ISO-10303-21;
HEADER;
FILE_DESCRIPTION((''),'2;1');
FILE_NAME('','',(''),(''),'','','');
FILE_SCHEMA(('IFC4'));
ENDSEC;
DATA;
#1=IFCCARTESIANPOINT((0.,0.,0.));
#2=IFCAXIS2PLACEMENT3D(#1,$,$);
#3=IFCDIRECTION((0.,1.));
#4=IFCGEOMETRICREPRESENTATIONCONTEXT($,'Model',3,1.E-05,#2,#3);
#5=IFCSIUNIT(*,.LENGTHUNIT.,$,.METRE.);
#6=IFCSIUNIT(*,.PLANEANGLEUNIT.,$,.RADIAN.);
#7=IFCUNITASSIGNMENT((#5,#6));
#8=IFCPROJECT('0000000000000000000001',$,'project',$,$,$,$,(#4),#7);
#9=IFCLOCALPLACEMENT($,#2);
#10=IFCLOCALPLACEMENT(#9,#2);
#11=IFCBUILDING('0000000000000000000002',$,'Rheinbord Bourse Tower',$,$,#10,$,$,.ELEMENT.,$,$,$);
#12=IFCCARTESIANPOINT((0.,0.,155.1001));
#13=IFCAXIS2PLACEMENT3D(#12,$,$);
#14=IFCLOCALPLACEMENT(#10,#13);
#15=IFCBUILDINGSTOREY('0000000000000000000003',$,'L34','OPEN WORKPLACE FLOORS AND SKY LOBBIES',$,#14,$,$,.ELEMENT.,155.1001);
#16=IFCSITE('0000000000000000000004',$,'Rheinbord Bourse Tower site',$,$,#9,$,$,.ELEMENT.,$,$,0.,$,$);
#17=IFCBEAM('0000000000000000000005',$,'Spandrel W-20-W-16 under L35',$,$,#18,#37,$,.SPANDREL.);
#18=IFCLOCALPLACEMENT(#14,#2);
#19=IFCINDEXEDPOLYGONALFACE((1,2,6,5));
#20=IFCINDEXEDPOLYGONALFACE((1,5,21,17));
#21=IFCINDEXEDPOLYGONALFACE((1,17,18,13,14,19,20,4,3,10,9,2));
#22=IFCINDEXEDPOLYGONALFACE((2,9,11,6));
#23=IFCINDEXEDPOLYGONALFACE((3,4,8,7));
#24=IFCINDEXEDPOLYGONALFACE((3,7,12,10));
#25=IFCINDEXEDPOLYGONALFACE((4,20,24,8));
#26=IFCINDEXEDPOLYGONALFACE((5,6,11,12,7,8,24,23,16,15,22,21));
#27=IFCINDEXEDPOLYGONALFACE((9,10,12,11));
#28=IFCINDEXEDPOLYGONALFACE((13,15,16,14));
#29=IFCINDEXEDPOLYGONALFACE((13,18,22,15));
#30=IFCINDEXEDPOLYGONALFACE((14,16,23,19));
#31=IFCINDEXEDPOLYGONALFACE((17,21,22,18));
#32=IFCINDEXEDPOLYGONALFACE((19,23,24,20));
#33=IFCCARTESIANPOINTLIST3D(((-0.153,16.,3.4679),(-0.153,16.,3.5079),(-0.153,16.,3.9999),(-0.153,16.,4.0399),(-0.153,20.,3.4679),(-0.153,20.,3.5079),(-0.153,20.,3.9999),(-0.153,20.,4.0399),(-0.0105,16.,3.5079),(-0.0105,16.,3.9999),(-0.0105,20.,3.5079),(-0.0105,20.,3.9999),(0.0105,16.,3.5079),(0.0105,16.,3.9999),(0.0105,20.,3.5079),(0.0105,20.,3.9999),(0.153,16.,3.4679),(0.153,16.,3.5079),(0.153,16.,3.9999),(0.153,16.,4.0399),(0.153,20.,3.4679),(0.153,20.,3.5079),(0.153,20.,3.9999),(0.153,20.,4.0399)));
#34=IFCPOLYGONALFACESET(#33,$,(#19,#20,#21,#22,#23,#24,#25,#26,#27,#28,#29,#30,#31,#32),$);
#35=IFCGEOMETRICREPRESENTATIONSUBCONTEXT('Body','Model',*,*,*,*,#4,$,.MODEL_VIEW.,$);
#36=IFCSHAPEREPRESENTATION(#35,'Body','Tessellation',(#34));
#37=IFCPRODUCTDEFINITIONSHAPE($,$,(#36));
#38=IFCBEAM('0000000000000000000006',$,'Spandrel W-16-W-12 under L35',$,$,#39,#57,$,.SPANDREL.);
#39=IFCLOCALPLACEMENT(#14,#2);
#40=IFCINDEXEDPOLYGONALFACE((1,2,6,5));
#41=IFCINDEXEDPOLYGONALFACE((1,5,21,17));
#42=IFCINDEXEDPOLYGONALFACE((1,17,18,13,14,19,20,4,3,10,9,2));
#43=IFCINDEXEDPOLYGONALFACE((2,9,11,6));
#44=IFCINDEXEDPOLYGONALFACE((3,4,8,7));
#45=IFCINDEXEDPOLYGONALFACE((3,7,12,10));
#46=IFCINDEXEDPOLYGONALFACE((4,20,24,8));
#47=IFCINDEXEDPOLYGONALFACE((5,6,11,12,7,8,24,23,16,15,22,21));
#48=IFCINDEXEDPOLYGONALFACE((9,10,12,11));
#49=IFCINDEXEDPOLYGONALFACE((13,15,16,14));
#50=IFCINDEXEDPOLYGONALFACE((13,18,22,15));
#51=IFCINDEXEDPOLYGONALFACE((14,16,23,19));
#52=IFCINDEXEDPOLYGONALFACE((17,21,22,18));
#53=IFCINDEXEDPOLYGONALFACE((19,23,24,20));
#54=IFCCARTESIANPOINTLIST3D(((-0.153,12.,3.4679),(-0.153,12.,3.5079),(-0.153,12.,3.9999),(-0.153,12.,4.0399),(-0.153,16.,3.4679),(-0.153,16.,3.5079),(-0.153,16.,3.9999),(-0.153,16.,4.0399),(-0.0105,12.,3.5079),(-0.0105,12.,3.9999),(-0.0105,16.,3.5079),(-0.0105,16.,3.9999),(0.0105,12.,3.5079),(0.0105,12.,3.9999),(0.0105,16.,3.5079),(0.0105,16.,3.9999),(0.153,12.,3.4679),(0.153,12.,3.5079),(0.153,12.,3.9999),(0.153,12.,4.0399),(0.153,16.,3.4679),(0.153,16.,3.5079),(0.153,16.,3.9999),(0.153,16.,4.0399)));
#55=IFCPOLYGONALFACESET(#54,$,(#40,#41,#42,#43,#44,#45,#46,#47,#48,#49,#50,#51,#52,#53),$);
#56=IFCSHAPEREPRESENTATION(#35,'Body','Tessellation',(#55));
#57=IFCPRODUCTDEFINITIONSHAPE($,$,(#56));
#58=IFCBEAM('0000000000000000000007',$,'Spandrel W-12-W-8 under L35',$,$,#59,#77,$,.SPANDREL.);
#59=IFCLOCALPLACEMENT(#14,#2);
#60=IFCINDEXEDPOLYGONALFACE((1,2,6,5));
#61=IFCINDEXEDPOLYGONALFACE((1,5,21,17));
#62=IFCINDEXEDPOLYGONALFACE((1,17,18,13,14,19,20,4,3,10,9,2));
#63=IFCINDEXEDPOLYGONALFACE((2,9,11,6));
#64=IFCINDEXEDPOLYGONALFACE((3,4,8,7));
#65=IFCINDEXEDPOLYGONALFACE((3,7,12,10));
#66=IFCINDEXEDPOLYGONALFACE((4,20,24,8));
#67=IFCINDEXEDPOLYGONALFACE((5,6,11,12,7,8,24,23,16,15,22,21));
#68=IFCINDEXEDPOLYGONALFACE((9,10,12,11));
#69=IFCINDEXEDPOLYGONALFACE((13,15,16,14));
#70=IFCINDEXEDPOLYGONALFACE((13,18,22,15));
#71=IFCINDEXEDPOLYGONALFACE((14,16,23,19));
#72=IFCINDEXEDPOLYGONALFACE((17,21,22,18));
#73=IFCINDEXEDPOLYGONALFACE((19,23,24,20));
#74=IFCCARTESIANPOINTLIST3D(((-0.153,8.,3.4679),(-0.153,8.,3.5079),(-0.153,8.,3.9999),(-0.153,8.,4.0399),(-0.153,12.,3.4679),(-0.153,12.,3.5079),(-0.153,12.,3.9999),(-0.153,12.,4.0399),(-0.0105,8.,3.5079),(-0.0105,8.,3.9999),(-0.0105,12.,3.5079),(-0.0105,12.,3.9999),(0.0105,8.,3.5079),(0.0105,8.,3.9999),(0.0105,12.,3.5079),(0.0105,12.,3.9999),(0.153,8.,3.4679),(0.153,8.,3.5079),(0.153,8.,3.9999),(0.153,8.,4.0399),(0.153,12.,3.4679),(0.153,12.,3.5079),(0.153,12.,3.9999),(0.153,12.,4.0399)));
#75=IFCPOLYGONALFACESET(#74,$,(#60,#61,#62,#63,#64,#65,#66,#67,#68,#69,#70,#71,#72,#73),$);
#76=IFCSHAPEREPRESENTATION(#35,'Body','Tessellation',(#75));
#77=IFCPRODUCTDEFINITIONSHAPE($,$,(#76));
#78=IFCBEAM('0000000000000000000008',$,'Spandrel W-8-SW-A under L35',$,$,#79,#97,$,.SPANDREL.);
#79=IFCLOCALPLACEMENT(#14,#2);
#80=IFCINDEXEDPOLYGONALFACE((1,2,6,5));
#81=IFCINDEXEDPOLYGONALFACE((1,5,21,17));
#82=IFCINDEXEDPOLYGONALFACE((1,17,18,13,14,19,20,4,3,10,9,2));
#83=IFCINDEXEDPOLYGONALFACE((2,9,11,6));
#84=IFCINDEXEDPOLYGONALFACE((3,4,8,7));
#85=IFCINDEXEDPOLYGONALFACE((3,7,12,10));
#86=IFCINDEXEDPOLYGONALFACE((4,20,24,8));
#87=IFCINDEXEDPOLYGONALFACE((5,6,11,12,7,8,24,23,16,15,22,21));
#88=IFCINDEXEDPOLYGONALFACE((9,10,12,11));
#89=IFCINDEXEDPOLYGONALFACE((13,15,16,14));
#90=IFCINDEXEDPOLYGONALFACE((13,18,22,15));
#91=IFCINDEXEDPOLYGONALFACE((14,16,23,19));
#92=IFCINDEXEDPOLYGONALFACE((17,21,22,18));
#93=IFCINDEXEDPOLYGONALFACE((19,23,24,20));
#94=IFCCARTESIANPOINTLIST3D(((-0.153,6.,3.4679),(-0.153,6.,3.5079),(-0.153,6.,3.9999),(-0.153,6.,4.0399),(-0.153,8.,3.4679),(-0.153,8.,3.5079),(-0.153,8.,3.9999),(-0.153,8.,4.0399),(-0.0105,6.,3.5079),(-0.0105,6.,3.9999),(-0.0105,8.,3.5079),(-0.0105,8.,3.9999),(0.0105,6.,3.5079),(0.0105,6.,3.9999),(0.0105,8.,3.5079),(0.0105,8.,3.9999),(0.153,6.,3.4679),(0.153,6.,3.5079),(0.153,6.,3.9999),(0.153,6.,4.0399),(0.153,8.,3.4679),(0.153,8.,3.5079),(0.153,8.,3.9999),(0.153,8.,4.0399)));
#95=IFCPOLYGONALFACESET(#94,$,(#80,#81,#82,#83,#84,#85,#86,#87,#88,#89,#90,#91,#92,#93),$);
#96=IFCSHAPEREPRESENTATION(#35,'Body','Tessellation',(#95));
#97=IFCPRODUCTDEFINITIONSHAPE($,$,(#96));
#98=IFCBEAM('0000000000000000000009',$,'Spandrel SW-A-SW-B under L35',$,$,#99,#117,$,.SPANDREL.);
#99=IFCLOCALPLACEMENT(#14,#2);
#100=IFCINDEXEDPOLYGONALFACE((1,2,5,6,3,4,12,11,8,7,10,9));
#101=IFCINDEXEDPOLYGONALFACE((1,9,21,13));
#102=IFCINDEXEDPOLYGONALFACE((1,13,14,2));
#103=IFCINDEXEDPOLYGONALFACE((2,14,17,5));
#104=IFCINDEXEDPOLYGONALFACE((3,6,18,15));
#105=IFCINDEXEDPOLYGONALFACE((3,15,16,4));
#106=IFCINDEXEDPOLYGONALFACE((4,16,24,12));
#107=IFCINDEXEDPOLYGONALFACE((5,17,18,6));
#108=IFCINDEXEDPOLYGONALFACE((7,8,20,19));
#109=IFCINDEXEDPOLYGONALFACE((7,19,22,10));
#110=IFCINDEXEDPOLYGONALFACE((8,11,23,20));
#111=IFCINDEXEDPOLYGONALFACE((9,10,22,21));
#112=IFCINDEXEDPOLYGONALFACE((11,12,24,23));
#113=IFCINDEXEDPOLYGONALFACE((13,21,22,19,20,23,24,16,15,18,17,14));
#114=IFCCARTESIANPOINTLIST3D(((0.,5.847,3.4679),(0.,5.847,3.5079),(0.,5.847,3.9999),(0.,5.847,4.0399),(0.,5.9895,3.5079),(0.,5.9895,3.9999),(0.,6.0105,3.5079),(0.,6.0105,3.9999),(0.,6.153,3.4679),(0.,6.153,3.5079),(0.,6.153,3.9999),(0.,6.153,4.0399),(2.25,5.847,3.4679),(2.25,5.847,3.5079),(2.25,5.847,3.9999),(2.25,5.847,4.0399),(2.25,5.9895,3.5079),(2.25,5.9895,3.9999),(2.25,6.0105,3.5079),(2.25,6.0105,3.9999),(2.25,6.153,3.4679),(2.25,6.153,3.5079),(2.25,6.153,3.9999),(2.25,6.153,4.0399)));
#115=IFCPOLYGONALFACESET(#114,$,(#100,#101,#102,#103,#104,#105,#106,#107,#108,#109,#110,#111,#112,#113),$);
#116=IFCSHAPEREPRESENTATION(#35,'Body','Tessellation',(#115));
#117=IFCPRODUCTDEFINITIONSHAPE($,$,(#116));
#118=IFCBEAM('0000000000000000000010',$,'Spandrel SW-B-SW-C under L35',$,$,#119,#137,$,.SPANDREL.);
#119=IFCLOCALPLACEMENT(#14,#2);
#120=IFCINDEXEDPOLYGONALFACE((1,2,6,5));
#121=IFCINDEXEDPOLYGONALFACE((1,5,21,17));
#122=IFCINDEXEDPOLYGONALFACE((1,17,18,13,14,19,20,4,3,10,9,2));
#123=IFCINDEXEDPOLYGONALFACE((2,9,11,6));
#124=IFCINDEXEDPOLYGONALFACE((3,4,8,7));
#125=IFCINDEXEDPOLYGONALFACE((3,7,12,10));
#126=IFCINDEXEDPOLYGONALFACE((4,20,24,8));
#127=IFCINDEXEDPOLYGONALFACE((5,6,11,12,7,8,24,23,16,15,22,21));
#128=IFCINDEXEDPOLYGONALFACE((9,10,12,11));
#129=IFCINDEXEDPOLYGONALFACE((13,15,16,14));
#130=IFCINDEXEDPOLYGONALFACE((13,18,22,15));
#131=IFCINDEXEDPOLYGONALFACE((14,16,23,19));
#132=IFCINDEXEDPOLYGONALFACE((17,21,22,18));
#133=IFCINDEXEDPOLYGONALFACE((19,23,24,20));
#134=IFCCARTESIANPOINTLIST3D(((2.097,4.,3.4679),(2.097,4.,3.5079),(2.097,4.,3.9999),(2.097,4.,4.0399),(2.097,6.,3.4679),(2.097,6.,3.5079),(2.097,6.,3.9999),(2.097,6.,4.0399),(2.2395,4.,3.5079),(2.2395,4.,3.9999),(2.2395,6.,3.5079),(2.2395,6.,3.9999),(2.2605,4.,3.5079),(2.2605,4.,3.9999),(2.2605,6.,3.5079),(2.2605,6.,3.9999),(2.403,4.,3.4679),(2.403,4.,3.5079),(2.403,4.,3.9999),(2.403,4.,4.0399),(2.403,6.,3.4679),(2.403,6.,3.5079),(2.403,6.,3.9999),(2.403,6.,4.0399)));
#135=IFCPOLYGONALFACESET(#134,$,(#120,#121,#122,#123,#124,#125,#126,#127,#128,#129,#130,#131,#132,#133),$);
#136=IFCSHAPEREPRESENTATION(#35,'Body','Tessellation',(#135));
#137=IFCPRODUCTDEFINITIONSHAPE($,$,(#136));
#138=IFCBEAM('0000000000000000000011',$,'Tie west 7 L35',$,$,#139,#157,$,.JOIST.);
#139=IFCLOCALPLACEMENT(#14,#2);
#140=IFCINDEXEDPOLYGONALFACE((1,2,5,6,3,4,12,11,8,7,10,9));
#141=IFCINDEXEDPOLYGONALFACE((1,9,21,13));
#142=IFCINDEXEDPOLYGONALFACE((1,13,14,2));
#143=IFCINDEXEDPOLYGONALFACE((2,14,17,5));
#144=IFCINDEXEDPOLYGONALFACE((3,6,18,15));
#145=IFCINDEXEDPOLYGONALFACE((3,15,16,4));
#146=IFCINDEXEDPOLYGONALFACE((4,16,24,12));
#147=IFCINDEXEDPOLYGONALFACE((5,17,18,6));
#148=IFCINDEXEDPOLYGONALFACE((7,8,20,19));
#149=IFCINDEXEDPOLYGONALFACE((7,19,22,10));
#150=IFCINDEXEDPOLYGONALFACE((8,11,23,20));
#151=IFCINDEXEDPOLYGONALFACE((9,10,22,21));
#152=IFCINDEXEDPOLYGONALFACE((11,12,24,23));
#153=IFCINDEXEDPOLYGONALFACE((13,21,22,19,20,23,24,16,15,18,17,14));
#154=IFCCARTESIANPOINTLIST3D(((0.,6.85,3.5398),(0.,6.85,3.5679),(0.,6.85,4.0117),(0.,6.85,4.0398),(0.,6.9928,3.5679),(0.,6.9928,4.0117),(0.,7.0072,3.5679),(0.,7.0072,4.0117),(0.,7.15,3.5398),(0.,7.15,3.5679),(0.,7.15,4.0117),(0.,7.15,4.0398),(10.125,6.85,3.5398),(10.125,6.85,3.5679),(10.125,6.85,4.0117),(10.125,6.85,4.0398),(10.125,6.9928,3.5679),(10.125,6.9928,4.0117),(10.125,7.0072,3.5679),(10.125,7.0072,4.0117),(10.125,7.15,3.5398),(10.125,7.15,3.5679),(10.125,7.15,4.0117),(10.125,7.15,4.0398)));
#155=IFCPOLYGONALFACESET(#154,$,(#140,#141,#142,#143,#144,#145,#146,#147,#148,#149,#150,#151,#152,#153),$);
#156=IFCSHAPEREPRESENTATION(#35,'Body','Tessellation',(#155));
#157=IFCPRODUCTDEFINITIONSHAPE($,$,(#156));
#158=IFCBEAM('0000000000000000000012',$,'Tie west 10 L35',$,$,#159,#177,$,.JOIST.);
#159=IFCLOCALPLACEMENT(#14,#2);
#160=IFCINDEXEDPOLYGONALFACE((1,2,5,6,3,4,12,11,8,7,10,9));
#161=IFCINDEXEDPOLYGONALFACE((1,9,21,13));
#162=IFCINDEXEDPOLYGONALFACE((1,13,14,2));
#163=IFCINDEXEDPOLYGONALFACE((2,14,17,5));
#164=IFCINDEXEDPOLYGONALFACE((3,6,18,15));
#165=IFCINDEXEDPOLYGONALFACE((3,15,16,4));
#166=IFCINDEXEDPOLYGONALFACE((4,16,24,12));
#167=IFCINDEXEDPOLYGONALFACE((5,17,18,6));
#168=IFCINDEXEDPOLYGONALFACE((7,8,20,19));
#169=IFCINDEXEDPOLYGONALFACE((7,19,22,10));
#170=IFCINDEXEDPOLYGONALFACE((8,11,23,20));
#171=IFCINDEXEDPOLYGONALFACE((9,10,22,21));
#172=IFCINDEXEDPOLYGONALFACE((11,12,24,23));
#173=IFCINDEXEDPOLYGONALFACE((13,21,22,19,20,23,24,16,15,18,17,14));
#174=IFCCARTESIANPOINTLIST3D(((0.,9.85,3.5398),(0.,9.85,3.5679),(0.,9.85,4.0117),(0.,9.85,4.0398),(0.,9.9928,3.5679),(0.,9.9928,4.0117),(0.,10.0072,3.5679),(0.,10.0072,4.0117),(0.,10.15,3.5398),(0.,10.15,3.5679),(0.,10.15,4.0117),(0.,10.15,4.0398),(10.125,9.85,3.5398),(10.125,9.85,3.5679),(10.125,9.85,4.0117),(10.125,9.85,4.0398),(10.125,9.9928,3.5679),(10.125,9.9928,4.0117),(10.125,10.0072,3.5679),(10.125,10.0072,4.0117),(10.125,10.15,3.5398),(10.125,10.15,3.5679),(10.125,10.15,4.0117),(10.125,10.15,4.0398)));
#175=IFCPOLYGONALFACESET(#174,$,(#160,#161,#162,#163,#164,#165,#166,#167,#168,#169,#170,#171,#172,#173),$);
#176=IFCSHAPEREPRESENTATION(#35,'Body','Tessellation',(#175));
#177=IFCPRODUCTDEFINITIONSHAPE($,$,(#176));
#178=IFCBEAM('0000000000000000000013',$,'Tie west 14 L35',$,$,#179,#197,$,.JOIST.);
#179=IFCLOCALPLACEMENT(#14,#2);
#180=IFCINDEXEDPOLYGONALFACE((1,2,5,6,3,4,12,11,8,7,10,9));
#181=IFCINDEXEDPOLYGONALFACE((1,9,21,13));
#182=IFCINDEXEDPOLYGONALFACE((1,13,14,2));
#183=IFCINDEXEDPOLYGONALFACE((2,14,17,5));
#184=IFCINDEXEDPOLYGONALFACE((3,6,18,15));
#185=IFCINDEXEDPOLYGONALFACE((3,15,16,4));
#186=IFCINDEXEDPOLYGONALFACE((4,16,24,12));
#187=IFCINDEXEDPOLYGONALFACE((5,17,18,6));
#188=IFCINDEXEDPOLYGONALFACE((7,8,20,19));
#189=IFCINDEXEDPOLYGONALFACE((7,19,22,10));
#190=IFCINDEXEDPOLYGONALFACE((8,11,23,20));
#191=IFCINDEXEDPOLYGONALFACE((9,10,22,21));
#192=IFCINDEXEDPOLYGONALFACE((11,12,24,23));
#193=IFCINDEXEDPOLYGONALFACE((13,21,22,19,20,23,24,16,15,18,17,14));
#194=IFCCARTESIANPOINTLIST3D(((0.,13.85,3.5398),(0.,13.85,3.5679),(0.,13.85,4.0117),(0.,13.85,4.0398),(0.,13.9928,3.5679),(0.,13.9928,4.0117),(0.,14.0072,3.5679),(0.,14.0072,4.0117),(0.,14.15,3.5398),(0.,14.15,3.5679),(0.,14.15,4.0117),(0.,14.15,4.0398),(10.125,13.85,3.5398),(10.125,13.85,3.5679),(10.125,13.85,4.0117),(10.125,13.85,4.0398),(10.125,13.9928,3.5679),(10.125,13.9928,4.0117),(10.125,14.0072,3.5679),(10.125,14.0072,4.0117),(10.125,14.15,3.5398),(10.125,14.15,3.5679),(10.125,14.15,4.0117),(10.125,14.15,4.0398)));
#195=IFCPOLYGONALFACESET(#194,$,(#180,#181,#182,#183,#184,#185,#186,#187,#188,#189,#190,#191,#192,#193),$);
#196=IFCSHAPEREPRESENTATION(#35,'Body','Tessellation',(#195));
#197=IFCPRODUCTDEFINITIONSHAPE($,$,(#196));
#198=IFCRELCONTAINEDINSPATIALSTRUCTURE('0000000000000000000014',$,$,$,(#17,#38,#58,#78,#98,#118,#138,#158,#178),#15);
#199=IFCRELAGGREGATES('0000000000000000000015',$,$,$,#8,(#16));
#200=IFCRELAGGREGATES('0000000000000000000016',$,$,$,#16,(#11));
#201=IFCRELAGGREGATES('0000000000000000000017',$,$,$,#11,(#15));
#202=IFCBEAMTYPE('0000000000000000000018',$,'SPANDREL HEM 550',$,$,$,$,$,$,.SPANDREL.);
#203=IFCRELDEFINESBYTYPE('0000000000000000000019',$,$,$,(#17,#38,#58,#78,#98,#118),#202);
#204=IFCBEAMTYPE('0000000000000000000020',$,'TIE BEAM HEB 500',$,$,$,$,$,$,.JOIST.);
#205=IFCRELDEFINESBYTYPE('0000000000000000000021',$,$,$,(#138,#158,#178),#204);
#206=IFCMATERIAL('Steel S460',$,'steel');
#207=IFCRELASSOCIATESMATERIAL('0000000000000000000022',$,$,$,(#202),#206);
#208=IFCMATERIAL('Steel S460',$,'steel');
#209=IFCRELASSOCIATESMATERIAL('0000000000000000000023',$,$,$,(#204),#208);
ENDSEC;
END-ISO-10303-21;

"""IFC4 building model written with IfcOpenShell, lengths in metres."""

from ifc_helpers import new_model, si_unit, direction, frame, origin, origin_2d, place, context, subcontext, project, spatial, i_section, extrude, material, material_profile, profile_set, type_object, element, save


model = new_model("IFC4")

# Units and contexts
model_context = context("Model", 3, precision=1e-05, world=origin(), true_north=direction((0.0, 1.0)))
body_context = subcontext(model_context, "Body", "Model", "MODEL_VIEW")
ifc_project = project(units=[si_unit("LENGTHUNIT", "METRE"), si_unit("PLANEANGLEUNIT", "RADIAN")], contexts=[model_context])

# Site, building, storey
site_placement = place(None, origin())
site = spatial("IfcSite", under=ifc_project, at=site_placement, Name="Rheinbord Bourse Tower site", CompositionType="ELEMENT", RefElevation=0.0)
building_placement = place(site_placement, origin())
building = spatial("IfcBuilding", under=site, at=building_placement, Name="Rheinbord Bourse Tower", CompositionType="ELEMENT")
storey_placement = place(building_placement, frame((0.0, 0.0, 155.1001)))
storey = spatial("IfcBuildingStorey", under=building, at=storey_placement, Name="L34", Description="OPEN WORKPLACE FLOORS AND SKY LOBBIES", CompositionType="ELEMENT", Elevation=155.1001)

# Beams
ifc_material_1 = material(Name="Steel S460", Category="steel")
ifc_material_profile_1 = material_profile(ifc_material_1, i_section(OverallWidth=0.3059, OverallDepth=0.572, WebThickness=0.021, FlangeThickness=0.04, at=origin_2d()), Name="HEM 550")
ifc_profile_set_1 = profile_set([ifc_material_profile_1], Name="Steel S460")
beam_type_1 = type_object("IfcBeamType", Name="SPANDREL HEM 550", PredefinedType="SPANDREL", material=ifc_profile_set_1)
for number, where, z_axis, x_axis, name in (
    (1, (0.0, 20.0, 3.7539), (0.0, -1.0, 0.0), (1.0, 0.0, 0.0), "Spandrel W-20-W-16 under L35"),
    (2, (0.0, 16.0, 3.7539), (0.0, -1.0, 0.0), (1.0, 0.0, 0.0), "Spandrel W-16-W-12 under L35"),
    (3, (0.0, 12.0, 3.7539), (0.0, -1.0, 0.0), (1.0, 0.0, 0.0), "Spandrel W-12-W-8 under L35"),
):
    element("IfcBeam", number, at=place(storey_placement, frame(where, z_axis=z_axis, x_axis=x_axis)), inside=storey, type_object=beam_type_1, Name=name, PredefinedType="SPANDREL", context=body_context, shape_type="SweptSolid", body=[
        extrude(i_section(OverallWidth=0.3059, OverallDepth=0.572, WebThickness=0.021, FlangeThickness=0.04, at=origin_2d()), origin(), (0.0, 0.0, 1.0), 4.0),
    ])
beam_1_placement = place(storey_placement, frame((0.0, 8.0, 3.7539), z_axis=(0.0, -1.0, 0.0), x_axis=(1.0, 0.0, 0.0)))
element("IfcBeam", 4, at=beam_1_placement, inside=storey, type_object=beam_type_1, Name="Spandrel W-8-SW-A under L35", PredefinedType="SPANDREL", context=body_context, shape_type="SweptSolid", body=[
    extrude(i_section(OverallWidth=0.3059, OverallDepth=0.572, WebThickness=0.021, FlangeThickness=0.04, at=origin_2d()), origin(), (0.0, 0.0, 1.0), 2.0),
])
beam_2_placement = place(storey_placement, frame((0.0, 6.0, 3.7539), z_axis=(1.0, 0.0, 0.0), x_axis=(0.0, 1.0, 0.0)))
element("IfcBeam", 5, at=beam_2_placement, inside=storey, type_object=beam_type_1, Name="Spandrel SW-A-SW-B under L35", PredefinedType="SPANDREL", context=body_context, shape_type="SweptSolid", body=[
    extrude(i_section(OverallWidth=0.3059, OverallDepth=0.572, WebThickness=0.021, FlangeThickness=0.04, at=origin_2d()), origin(), (0.0, 0.0, 1.0), 2.25),
])
beam_3_placement = place(storey_placement, frame((2.25, 6.0, 3.7539), z_axis=(0.0, -1.0, 0.0), x_axis=(1.0, 0.0, 0.0)))
element("IfcBeam", 6, at=beam_3_placement, inside=storey, type_object=beam_type_1, Name="Spandrel SW-B-SW-C under L35", PredefinedType="SPANDREL", context=body_context, shape_type="SweptSolid", body=[
    extrude(i_section(OverallWidth=0.3059, OverallDepth=0.572, WebThickness=0.021, FlangeThickness=0.04, at=origin_2d()), origin(), (0.0, 0.0, 1.0), 2.0),
])
ifc_material_2 = material(Name="Steel S460", Category="steel")
ifc_material_profile_2 = material_profile(ifc_material_2, i_section(OverallWidth=0.3, OverallDepth=0.5, WebThickness=0.0144, FlangeThickness=0.0281, at=origin_2d()), Name="HEB 500")
ifc_profile_set_2 = profile_set([ifc_material_profile_2], Name="Steel S460")
beam_type_2 = type_object("IfcBeamType", Name="TIE BEAM HEB 500", PredefinedType="JOIST", material=ifc_profile_set_2)
for number, where, z_axis, x_axis, name in (
    (7, (0.0, 7.0, 3.7898), (1.0, 0.0, 0.0), (0.0, 1.0, 0.0), "Tie west 7 L35"),
    (8, (0.0, 10.0, 3.7898), (1.0, 0.0, 0.0), (0.0, 1.0, 0.0), "Tie west 10 L35"),
    (9, (0.0, 14.0, 3.7898), (1.0, 0.0, 0.0), (0.0, 1.0, 0.0), "Tie west 14 L35"),
):
    element("IfcBeam", number, at=place(storey_placement, frame(where, z_axis=z_axis, x_axis=x_axis)), inside=storey, type_object=beam_type_2, Name=name, PredefinedType="JOIST", context=body_context, shape_type="SweptSolid", body=[
        extrude(i_section(OverallWidth=0.3, OverallDepth=0.5, WebThickness=0.0144, FlangeThickness=0.0281, at=origin_2d()), origin(), (0.0, 0.0, 1.0), 10.125),
    ])

save(model, "model.ifc")
